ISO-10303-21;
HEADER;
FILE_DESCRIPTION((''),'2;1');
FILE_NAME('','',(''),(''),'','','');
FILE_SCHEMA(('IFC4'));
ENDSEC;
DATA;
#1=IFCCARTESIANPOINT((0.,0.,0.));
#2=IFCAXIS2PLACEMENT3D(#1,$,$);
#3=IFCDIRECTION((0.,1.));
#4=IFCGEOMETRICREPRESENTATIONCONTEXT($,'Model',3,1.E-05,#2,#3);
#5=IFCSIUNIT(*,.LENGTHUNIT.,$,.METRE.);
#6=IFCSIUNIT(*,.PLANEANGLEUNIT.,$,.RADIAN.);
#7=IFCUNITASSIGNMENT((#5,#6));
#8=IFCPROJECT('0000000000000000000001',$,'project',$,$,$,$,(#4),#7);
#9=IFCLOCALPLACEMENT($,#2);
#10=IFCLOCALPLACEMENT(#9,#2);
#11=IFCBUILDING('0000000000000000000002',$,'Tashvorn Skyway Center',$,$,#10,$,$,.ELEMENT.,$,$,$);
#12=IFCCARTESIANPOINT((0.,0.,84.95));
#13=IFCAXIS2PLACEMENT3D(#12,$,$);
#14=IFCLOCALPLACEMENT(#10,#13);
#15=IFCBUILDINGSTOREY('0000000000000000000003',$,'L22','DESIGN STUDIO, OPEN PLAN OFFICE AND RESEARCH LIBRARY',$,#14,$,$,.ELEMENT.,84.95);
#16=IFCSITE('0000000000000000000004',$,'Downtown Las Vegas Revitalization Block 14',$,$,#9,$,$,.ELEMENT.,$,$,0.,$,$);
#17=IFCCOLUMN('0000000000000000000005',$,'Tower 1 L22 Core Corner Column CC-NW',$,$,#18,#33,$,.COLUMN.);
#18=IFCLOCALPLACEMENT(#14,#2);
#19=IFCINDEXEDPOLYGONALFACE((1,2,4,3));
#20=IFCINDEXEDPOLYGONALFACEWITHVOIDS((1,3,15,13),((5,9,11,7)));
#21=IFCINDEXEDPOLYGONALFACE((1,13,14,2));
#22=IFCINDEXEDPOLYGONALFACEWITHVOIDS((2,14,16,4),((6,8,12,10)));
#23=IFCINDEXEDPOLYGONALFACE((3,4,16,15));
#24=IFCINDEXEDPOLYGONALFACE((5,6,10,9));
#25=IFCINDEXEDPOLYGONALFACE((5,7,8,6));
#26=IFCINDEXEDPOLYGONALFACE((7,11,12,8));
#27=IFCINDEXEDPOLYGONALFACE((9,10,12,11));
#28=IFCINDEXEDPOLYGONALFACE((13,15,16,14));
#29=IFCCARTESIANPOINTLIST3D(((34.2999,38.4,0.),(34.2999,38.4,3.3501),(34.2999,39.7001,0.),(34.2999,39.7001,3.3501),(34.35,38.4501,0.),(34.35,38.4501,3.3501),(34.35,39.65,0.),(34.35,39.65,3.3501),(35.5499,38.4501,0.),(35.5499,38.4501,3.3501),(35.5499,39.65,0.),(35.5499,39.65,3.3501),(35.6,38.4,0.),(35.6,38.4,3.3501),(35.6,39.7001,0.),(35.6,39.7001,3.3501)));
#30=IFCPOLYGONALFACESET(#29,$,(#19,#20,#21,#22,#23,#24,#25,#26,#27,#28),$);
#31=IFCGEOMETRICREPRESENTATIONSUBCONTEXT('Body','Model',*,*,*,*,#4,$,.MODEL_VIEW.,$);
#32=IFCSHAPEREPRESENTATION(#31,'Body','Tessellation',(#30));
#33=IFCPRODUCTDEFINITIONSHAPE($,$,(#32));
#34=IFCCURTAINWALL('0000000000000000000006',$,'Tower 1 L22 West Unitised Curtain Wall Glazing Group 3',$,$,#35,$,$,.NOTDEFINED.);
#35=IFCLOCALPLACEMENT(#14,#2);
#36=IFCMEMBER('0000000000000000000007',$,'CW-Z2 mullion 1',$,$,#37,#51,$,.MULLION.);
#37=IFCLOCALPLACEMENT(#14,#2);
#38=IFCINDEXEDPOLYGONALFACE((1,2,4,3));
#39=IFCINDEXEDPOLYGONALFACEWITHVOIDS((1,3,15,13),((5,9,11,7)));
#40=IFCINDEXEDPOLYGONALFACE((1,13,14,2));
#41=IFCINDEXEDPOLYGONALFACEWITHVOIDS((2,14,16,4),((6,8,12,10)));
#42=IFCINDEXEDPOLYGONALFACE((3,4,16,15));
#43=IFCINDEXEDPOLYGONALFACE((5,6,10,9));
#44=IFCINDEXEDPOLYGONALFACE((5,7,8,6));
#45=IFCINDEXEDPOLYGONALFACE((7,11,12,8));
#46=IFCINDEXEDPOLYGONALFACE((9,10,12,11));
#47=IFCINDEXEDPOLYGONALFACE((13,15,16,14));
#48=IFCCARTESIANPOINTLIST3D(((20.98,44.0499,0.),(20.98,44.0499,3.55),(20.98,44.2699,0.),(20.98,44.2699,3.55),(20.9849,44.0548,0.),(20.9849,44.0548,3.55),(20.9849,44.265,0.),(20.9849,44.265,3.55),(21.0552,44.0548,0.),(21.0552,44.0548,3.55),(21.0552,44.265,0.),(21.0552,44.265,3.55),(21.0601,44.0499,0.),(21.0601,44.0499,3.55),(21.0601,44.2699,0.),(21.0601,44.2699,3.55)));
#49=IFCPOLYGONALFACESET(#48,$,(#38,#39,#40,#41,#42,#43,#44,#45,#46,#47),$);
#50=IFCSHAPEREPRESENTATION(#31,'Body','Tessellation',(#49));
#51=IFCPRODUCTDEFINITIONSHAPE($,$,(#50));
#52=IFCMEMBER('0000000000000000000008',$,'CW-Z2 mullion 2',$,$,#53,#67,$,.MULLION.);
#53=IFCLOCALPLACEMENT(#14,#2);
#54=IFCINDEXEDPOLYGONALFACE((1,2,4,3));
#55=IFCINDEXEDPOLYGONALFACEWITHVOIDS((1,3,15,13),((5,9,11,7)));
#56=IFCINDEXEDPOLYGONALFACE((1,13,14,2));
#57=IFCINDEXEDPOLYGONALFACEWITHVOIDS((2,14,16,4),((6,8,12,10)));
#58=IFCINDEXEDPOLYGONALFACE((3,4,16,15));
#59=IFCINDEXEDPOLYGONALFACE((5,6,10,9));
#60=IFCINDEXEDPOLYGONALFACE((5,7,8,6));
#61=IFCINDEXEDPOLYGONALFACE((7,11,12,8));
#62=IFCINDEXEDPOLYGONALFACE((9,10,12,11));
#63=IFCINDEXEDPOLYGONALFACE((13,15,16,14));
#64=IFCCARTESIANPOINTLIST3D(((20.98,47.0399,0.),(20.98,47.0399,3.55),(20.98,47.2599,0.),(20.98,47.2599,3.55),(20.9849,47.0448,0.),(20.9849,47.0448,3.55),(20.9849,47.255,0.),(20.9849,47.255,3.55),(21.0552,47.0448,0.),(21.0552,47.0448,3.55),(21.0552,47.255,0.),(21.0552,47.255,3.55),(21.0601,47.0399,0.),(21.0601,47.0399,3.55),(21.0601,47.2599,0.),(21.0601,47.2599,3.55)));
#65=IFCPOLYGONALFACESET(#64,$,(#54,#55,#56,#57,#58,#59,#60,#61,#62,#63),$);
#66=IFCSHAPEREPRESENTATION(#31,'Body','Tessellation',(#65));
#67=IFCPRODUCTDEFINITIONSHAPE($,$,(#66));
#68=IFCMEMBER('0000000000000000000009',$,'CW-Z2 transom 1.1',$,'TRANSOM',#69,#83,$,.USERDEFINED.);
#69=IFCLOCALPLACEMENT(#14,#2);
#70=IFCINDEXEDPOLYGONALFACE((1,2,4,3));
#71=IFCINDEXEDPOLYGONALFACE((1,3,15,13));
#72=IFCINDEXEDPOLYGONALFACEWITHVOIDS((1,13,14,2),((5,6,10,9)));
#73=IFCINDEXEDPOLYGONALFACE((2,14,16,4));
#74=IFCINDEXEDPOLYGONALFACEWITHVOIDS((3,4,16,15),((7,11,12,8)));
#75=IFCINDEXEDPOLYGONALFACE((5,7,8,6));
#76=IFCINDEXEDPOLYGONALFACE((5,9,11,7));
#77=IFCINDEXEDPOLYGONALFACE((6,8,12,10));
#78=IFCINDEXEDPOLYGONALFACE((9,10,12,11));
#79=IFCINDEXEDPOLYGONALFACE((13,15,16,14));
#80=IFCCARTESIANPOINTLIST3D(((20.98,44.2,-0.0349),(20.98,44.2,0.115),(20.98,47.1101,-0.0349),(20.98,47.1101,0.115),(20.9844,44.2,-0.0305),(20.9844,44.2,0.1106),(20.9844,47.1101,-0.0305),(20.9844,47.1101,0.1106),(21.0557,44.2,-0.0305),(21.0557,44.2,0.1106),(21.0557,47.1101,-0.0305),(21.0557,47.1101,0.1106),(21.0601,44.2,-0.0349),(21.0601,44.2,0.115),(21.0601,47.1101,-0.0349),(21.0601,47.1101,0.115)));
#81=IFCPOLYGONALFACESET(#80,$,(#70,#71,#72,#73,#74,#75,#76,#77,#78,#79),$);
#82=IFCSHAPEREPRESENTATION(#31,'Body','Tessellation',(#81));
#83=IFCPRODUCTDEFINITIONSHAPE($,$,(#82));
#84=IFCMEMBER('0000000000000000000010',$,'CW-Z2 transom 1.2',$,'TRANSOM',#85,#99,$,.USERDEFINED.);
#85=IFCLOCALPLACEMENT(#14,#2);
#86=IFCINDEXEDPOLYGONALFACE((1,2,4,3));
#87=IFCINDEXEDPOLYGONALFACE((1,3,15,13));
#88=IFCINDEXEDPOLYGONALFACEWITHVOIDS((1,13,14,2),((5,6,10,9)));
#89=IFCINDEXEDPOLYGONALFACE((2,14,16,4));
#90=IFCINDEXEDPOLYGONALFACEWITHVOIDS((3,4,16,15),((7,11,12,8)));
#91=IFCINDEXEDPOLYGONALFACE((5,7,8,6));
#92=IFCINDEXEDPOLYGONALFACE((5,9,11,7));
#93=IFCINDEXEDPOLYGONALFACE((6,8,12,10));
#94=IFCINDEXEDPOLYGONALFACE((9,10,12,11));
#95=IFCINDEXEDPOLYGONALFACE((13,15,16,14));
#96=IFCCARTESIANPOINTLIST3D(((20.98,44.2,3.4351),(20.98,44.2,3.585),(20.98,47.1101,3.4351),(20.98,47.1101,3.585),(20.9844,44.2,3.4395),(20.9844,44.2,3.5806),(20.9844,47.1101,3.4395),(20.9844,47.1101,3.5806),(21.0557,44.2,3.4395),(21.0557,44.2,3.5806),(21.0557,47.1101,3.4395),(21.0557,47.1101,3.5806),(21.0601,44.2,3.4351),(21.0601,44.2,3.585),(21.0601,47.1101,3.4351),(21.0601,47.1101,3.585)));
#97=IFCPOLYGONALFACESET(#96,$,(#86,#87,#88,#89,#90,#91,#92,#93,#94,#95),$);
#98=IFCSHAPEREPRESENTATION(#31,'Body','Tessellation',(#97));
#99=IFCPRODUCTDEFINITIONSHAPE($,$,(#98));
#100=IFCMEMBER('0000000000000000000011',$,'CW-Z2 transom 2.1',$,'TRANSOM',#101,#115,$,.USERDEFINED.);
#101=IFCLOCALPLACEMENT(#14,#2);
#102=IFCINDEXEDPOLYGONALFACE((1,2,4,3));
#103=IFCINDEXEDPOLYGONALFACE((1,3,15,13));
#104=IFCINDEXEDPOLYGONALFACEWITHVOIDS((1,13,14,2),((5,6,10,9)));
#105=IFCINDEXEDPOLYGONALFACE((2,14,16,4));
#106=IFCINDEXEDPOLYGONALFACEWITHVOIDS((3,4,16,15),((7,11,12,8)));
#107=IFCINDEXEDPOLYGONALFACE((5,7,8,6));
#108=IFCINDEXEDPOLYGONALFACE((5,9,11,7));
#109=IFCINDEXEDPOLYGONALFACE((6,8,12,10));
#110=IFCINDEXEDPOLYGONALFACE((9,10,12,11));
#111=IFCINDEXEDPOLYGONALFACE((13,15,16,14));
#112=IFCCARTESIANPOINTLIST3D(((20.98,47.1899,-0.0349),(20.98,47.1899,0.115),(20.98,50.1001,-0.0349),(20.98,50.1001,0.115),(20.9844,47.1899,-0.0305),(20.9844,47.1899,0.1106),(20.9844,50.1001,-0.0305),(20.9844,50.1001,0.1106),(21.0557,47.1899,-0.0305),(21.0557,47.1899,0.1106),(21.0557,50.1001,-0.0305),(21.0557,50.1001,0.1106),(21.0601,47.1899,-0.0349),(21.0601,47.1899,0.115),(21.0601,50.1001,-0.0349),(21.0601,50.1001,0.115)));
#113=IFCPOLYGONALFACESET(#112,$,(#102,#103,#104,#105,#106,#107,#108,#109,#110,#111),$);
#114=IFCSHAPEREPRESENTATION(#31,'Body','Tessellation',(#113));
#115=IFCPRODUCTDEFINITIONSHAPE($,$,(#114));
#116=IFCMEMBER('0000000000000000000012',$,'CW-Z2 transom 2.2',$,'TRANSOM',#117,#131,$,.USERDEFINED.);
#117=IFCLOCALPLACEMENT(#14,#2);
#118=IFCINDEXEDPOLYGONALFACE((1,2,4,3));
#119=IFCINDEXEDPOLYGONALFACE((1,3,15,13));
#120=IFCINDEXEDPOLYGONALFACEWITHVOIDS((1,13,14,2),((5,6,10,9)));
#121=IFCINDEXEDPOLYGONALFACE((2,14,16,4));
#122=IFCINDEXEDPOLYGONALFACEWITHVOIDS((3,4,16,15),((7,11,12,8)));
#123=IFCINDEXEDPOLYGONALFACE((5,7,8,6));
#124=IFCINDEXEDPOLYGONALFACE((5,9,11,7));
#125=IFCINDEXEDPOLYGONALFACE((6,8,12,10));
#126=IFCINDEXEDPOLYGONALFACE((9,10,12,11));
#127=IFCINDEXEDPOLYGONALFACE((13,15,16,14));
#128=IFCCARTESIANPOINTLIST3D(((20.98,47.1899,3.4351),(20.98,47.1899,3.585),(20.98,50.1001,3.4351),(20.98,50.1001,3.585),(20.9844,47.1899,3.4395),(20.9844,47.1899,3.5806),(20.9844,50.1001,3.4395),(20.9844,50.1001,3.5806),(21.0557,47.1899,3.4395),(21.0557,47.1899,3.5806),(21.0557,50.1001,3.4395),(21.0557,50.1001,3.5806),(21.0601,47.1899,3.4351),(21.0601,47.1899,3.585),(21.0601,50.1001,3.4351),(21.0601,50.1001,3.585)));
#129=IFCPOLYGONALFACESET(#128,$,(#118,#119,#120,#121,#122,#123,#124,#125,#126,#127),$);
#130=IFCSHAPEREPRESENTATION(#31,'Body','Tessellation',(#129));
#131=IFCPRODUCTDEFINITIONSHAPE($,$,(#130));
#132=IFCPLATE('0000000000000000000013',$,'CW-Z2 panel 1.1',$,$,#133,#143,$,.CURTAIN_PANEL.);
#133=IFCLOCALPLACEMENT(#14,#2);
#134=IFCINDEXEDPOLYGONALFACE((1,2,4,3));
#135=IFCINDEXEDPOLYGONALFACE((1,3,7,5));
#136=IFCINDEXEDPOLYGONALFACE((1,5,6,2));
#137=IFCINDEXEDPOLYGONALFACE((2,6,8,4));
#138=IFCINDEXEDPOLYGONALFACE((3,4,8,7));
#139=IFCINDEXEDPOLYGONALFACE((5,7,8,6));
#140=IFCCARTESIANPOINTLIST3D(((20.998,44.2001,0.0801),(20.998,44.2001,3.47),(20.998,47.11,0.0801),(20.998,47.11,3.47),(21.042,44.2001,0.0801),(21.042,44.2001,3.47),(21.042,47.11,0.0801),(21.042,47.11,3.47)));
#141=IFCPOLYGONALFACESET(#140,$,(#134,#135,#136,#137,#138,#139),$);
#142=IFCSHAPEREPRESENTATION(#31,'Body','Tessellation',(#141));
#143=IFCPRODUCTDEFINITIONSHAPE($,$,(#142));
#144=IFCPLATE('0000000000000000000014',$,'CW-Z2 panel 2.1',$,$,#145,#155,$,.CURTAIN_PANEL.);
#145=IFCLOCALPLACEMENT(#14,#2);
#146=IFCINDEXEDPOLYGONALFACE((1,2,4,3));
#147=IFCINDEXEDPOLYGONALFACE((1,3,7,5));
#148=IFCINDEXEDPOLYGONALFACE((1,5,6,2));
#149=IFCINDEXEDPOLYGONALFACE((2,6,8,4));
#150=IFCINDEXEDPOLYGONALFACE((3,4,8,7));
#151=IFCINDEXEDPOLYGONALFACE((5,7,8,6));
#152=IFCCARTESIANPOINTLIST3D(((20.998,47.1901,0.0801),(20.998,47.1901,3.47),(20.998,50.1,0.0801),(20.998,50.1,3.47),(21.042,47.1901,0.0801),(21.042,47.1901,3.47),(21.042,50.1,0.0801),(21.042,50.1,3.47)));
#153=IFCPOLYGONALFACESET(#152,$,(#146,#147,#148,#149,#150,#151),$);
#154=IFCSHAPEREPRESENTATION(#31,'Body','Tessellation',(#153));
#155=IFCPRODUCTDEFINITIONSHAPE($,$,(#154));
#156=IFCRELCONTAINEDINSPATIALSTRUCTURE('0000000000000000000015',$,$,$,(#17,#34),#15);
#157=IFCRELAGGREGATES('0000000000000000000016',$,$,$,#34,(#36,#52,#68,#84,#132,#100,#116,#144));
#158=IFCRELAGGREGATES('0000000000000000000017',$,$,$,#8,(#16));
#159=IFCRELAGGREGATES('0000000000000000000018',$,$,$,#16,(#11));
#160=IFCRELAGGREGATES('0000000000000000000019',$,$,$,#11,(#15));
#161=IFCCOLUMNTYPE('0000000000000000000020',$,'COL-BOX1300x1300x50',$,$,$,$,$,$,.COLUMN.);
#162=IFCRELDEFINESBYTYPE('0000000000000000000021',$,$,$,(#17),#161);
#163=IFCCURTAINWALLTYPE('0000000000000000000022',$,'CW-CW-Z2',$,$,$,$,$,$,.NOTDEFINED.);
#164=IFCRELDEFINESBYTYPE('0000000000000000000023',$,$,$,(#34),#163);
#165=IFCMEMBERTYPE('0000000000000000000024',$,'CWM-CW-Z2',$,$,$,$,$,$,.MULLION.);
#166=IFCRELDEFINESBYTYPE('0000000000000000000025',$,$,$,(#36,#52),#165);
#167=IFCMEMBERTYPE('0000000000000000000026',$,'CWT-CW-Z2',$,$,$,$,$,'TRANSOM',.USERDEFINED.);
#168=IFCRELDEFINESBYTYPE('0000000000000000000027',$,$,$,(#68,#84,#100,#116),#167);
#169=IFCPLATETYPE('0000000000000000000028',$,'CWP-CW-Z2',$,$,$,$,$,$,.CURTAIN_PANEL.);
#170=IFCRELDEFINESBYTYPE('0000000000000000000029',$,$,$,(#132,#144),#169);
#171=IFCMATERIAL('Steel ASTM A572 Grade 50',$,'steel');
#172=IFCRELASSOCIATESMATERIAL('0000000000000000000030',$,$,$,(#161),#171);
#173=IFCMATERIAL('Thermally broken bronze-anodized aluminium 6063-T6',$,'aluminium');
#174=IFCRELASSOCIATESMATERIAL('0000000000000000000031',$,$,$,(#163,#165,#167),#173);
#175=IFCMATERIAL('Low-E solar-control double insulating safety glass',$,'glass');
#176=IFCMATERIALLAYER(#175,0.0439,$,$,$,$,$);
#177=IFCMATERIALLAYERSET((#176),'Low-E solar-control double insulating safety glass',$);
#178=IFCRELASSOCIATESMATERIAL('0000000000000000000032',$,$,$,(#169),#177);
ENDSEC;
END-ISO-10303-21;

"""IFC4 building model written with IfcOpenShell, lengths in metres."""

from ifc_helpers import new_model, si_unit, direction, frame, origin, origin_2d, place, context, subcontext, project, spatial, rectangle, hollow_rectangle, extrude, material, layer, layer_set, material_profile, profile_set, type_object, element, aggregate, save


model = new_model("IFC4")

# Units and contexts
model_context = context("Model", 3, precision=1e-05, world=origin(), true_north=direction((0.0, 1.0)))
body_context = subcontext(model_context, "Body", "Model", "MODEL_VIEW")
ifc_project = project(units=[si_unit("LENGTHUNIT", "METRE"), si_unit("PLANEANGLEUNIT", "RADIAN")], contexts=[model_context])

# Site, building, storey
site_placement = place(None, origin())
site = spatial("IfcSite", under=ifc_project, at=site_placement, Name="Downtown Las Vegas Revitalization Block 14", CompositionType="ELEMENT", RefElevation=0.0)
building_placement = place(site_placement, origin())
building = spatial("IfcBuilding", under=site, at=building_placement, Name="Tashvorn Skyway Center", CompositionType="ELEMENT")
storey_placement = place(building_placement, frame((0.0, 0.0, 84.95)))
storey = spatial("IfcBuildingStorey", under=building, at=storey_placement, Name="L22", Description="DESIGN STUDIO, OPEN PLAN OFFICE AND RESEARCH LIBRARY", CompositionType="ELEMENT", Elevation=84.95)

# Column
ifc_material_1 = material(Name="Steel ASTM A572 Grade 50", Category="steel")
ifc_material_profile_1 = material_profile(ifc_material_1, hollow_rectangle(XDim=1.3, YDim=1.3, WallThickness=0.05, at=origin_2d()), Name="BOX1300x1300x50")
ifc_profile_set_1 = profile_set([ifc_material_profile_1], Name="Steel ASTM A572 Grade 50")
column_type = type_object("IfcColumnType", Name="COL-BOX1300x1300x50", PredefinedType="COLUMN", material=ifc_profile_set_1)
column_placement = place(storey_placement, frame((34.95, 39.05, 0.0), z_axis=(0.0, 0.0, 1.0), x_axis=(1.0, 0.0, 0.0)))
element("IfcColumn", 1, at=column_placement, inside=storey, type_object=column_type, Name="Tower 1 L22 Core Corner Column CC-NW", PredefinedType="COLUMN", context=body_context, shape_type="SweptSolid", body=[
    extrude(hollow_rectangle(XDim=1.3, YDim=1.3, WallThickness=0.05, at=origin_2d()), origin(), (0.0, 0.0, 1.0), 3.3501),
])

# Curtain wall, members, plates
ifc_material_2 = material(Name="Thermally broken bronze-anodized aluminium 6063-T6", Category="aluminium")
curtain_wall_type = type_object("IfcCurtainWallType", Name="CW-CW-Z2", PredefinedType="NOTDEFINED", material=ifc_material_2)
curtain_wall_placement = place(storey_placement, origin())
curtain_wall = element("IfcCurtainWall", 2, at=curtain_wall_placement, inside=storey, type_object=curtain_wall_type, Name="Tower 1 L22 West Unitised Curtain Wall Glazing Group 3", PredefinedType="NOTDEFINED")
ifc_material_profile_2 = material_profile(ifc_material_2, hollow_rectangle(XDim=0.0801, YDim=0.22, WallThickness=0.0049, at=origin_2d()), Name="ALU-MULL-80x220")
ifc_profile_set_2 = profile_set([ifc_material_profile_2], Name="Thermally broken bronze-anodized aluminium 6063-T6")
member_type_1 = type_object("IfcMemberType", Name="CWM-CW-Z2", PredefinedType="MULLION", material=ifc_profile_set_2)
member_1_placement = place(storey_placement, frame((21.02, 44.1599, 0.0), z_axis=(0.0, 0.0, 1.0), x_axis=(-1.0, 0.0, 0.0)))
member_1 = element("IfcMember", 3, at=member_1_placement, type_object=member_type_1, Name="CW-Z2 mullion 1", PredefinedType="MULLION", context=body_context, shape_type="SweptSolid", body=[
    extrude(hollow_rectangle(XDim=0.0801, YDim=0.22, WallThickness=0.0049, at=origin_2d()), origin(), (0.0, 0.0, 1.0), 3.55),
])
member_2_placement = place(storey_placement, frame((21.02, 47.1499, 0.0), z_axis=(0.0, 0.0, 1.0), x_axis=(-1.0, 0.0, 0.0)))
member_2 = element("IfcMember", 4, at=member_2_placement, type_object=member_type_1, Name="CW-Z2 mullion 2", PredefinedType="MULLION", context=body_context, shape_type="SweptSolid", body=[
    extrude(hollow_rectangle(XDim=0.0801, YDim=0.22, WallThickness=0.0049, at=origin_2d()), origin(), (0.0, 0.0, 1.0), 3.55),
])
ifc_material_profile_3 = material_profile(ifc_material_2, hollow_rectangle(XDim=0.0801, YDim=0.1499, WallThickness=0.0044, at=origin_2d()), Name="ALU-TRAN-80x150")
ifc_profile_set_3 = profile_set([ifc_material_profile_3], Name="Thermally broken bronze-anodized aluminium 6063-T6")
member_type_2 = type_object("IfcMemberType", Name="CWT-CW-Z2", ElementType="TRANSOM", PredefinedType="USERDEFINED", material=ifc_profile_set_3)
member_3_placement = place(storey_placement, frame((21.02, 44.2, 0.04), z_axis=(0.0, 1.0, 0.0), x_axis=(-1.0, 0.0, 0.0)))
member_3 = element("IfcMember", 5, at=member_3_placement, type_object=member_type_2, Name="CW-Z2 transom 1.1", ObjectType="TRANSOM", PredefinedType="USERDEFINED", context=body_context, shape_type="SweptSolid", body=[
    extrude(hollow_rectangle(XDim=0.0801, YDim=0.1499, WallThickness=0.0044, at=origin_2d()), origin(), (0.0, 0.0, 1.0), 2.9102),
])
member_4_placement = place(storey_placement, frame((21.02, 44.2, 3.51), z_axis=(0.0, 1.0, 0.0), x_axis=(-1.0, 0.0, 0.0)))
member_4 = element("IfcMember", 6, at=member_4_placement, type_object=member_type_2, Name="CW-Z2 transom 1.2", ObjectType="TRANSOM", PredefinedType="USERDEFINED", context=body_context, shape_type="SweptSolid", body=[
    extrude(hollow_rectangle(XDim=0.0801, YDim=0.1499, WallThickness=0.0044, at=origin_2d()), origin(), (0.0, 0.0, 1.0), 2.9102),
])
member_5_placement = place(storey_placement, frame((21.02, 47.1899, 0.04), z_axis=(0.0, 1.0, 0.0), x_axis=(-1.0, 0.0, 0.0)))
member_5 = element("IfcMember", 7, at=member_5_placement, type_object=member_type_2, Name="CW-Z2 transom 2.1", ObjectType="TRANSOM", PredefinedType="USERDEFINED", context=body_context, shape_type="SweptSolid", body=[
    extrude(hollow_rectangle(XDim=0.0801, YDim=0.1499, WallThickness=0.0044, at=origin_2d()), origin(), (0.0, 0.0, 1.0), 2.9102),
])
member_6_placement = place(storey_placement, frame((21.02, 47.1899, 3.51), z_axis=(0.0, 1.0, 0.0), x_axis=(-1.0, 0.0, 0.0)))
member_6 = element("IfcMember", 8, at=member_6_placement, type_object=member_type_2, Name="CW-Z2 transom 2.2", ObjectType="TRANSOM", PredefinedType="USERDEFINED", context=body_context, shape_type="SweptSolid", body=[
    extrude(hollow_rectangle(XDim=0.0801, YDim=0.1499, WallThickness=0.0044, at=origin_2d()), origin(), (0.0, 0.0, 1.0), 2.9102),
])
ifc_material_3 = material(Name="Low-E solar-control double insulating safety glass", Category="glass")
ifc_layer_1 = layer(ifc_material_3, 0.0439)
ifc_layer_set_1 = layer_set([ifc_layer_1], Name="Low-E solar-control double insulating safety glass")
plate_type = type_object("IfcPlateType", Name="CWP-CW-Z2", PredefinedType="CURTAIN_PANEL", material=ifc_layer_set_1)
plate_1_placement = place(storey_placement, frame((21.02, 45.655, 0.0801), z_axis=(0.0, 0.0, 1.0), x_axis=(0.0, 1.0, 0.0)))
plate_1 = element("IfcPlate", 9, at=plate_1_placement, type_object=plate_type, Name="CW-Z2 panel 1.1", PredefinedType="CURTAIN_PANEL", context=body_context, shape_type="SweptSolid", body=[
    extrude(rectangle(XDim=2.9099, YDim=0.0439, at=origin_2d()), origin(), (0.0, 0.0, 1.0), 3.3899),
])
plate_2_placement = place(storey_placement, frame((21.02, 48.645, 0.0801), z_axis=(0.0, 0.0, 1.0), x_axis=(0.0, 1.0, 0.0)))
plate_2 = element("IfcPlate", 10, at=plate_2_placement, type_object=plate_type, Name="CW-Z2 panel 2.1", PredefinedType="CURTAIN_PANEL", context=body_context, shape_type="SweptSolid", body=[
    extrude(rectangle(XDim=2.9099, YDim=0.0439, at=origin_2d()), origin(), (0.0, 0.0, 1.0), 3.3899),
])
aggregate(curtain_wall, [member_1, member_2, member_3, member_4, plate_1, member_5, member_6, plate_2])

save(model, "model.ifc")
